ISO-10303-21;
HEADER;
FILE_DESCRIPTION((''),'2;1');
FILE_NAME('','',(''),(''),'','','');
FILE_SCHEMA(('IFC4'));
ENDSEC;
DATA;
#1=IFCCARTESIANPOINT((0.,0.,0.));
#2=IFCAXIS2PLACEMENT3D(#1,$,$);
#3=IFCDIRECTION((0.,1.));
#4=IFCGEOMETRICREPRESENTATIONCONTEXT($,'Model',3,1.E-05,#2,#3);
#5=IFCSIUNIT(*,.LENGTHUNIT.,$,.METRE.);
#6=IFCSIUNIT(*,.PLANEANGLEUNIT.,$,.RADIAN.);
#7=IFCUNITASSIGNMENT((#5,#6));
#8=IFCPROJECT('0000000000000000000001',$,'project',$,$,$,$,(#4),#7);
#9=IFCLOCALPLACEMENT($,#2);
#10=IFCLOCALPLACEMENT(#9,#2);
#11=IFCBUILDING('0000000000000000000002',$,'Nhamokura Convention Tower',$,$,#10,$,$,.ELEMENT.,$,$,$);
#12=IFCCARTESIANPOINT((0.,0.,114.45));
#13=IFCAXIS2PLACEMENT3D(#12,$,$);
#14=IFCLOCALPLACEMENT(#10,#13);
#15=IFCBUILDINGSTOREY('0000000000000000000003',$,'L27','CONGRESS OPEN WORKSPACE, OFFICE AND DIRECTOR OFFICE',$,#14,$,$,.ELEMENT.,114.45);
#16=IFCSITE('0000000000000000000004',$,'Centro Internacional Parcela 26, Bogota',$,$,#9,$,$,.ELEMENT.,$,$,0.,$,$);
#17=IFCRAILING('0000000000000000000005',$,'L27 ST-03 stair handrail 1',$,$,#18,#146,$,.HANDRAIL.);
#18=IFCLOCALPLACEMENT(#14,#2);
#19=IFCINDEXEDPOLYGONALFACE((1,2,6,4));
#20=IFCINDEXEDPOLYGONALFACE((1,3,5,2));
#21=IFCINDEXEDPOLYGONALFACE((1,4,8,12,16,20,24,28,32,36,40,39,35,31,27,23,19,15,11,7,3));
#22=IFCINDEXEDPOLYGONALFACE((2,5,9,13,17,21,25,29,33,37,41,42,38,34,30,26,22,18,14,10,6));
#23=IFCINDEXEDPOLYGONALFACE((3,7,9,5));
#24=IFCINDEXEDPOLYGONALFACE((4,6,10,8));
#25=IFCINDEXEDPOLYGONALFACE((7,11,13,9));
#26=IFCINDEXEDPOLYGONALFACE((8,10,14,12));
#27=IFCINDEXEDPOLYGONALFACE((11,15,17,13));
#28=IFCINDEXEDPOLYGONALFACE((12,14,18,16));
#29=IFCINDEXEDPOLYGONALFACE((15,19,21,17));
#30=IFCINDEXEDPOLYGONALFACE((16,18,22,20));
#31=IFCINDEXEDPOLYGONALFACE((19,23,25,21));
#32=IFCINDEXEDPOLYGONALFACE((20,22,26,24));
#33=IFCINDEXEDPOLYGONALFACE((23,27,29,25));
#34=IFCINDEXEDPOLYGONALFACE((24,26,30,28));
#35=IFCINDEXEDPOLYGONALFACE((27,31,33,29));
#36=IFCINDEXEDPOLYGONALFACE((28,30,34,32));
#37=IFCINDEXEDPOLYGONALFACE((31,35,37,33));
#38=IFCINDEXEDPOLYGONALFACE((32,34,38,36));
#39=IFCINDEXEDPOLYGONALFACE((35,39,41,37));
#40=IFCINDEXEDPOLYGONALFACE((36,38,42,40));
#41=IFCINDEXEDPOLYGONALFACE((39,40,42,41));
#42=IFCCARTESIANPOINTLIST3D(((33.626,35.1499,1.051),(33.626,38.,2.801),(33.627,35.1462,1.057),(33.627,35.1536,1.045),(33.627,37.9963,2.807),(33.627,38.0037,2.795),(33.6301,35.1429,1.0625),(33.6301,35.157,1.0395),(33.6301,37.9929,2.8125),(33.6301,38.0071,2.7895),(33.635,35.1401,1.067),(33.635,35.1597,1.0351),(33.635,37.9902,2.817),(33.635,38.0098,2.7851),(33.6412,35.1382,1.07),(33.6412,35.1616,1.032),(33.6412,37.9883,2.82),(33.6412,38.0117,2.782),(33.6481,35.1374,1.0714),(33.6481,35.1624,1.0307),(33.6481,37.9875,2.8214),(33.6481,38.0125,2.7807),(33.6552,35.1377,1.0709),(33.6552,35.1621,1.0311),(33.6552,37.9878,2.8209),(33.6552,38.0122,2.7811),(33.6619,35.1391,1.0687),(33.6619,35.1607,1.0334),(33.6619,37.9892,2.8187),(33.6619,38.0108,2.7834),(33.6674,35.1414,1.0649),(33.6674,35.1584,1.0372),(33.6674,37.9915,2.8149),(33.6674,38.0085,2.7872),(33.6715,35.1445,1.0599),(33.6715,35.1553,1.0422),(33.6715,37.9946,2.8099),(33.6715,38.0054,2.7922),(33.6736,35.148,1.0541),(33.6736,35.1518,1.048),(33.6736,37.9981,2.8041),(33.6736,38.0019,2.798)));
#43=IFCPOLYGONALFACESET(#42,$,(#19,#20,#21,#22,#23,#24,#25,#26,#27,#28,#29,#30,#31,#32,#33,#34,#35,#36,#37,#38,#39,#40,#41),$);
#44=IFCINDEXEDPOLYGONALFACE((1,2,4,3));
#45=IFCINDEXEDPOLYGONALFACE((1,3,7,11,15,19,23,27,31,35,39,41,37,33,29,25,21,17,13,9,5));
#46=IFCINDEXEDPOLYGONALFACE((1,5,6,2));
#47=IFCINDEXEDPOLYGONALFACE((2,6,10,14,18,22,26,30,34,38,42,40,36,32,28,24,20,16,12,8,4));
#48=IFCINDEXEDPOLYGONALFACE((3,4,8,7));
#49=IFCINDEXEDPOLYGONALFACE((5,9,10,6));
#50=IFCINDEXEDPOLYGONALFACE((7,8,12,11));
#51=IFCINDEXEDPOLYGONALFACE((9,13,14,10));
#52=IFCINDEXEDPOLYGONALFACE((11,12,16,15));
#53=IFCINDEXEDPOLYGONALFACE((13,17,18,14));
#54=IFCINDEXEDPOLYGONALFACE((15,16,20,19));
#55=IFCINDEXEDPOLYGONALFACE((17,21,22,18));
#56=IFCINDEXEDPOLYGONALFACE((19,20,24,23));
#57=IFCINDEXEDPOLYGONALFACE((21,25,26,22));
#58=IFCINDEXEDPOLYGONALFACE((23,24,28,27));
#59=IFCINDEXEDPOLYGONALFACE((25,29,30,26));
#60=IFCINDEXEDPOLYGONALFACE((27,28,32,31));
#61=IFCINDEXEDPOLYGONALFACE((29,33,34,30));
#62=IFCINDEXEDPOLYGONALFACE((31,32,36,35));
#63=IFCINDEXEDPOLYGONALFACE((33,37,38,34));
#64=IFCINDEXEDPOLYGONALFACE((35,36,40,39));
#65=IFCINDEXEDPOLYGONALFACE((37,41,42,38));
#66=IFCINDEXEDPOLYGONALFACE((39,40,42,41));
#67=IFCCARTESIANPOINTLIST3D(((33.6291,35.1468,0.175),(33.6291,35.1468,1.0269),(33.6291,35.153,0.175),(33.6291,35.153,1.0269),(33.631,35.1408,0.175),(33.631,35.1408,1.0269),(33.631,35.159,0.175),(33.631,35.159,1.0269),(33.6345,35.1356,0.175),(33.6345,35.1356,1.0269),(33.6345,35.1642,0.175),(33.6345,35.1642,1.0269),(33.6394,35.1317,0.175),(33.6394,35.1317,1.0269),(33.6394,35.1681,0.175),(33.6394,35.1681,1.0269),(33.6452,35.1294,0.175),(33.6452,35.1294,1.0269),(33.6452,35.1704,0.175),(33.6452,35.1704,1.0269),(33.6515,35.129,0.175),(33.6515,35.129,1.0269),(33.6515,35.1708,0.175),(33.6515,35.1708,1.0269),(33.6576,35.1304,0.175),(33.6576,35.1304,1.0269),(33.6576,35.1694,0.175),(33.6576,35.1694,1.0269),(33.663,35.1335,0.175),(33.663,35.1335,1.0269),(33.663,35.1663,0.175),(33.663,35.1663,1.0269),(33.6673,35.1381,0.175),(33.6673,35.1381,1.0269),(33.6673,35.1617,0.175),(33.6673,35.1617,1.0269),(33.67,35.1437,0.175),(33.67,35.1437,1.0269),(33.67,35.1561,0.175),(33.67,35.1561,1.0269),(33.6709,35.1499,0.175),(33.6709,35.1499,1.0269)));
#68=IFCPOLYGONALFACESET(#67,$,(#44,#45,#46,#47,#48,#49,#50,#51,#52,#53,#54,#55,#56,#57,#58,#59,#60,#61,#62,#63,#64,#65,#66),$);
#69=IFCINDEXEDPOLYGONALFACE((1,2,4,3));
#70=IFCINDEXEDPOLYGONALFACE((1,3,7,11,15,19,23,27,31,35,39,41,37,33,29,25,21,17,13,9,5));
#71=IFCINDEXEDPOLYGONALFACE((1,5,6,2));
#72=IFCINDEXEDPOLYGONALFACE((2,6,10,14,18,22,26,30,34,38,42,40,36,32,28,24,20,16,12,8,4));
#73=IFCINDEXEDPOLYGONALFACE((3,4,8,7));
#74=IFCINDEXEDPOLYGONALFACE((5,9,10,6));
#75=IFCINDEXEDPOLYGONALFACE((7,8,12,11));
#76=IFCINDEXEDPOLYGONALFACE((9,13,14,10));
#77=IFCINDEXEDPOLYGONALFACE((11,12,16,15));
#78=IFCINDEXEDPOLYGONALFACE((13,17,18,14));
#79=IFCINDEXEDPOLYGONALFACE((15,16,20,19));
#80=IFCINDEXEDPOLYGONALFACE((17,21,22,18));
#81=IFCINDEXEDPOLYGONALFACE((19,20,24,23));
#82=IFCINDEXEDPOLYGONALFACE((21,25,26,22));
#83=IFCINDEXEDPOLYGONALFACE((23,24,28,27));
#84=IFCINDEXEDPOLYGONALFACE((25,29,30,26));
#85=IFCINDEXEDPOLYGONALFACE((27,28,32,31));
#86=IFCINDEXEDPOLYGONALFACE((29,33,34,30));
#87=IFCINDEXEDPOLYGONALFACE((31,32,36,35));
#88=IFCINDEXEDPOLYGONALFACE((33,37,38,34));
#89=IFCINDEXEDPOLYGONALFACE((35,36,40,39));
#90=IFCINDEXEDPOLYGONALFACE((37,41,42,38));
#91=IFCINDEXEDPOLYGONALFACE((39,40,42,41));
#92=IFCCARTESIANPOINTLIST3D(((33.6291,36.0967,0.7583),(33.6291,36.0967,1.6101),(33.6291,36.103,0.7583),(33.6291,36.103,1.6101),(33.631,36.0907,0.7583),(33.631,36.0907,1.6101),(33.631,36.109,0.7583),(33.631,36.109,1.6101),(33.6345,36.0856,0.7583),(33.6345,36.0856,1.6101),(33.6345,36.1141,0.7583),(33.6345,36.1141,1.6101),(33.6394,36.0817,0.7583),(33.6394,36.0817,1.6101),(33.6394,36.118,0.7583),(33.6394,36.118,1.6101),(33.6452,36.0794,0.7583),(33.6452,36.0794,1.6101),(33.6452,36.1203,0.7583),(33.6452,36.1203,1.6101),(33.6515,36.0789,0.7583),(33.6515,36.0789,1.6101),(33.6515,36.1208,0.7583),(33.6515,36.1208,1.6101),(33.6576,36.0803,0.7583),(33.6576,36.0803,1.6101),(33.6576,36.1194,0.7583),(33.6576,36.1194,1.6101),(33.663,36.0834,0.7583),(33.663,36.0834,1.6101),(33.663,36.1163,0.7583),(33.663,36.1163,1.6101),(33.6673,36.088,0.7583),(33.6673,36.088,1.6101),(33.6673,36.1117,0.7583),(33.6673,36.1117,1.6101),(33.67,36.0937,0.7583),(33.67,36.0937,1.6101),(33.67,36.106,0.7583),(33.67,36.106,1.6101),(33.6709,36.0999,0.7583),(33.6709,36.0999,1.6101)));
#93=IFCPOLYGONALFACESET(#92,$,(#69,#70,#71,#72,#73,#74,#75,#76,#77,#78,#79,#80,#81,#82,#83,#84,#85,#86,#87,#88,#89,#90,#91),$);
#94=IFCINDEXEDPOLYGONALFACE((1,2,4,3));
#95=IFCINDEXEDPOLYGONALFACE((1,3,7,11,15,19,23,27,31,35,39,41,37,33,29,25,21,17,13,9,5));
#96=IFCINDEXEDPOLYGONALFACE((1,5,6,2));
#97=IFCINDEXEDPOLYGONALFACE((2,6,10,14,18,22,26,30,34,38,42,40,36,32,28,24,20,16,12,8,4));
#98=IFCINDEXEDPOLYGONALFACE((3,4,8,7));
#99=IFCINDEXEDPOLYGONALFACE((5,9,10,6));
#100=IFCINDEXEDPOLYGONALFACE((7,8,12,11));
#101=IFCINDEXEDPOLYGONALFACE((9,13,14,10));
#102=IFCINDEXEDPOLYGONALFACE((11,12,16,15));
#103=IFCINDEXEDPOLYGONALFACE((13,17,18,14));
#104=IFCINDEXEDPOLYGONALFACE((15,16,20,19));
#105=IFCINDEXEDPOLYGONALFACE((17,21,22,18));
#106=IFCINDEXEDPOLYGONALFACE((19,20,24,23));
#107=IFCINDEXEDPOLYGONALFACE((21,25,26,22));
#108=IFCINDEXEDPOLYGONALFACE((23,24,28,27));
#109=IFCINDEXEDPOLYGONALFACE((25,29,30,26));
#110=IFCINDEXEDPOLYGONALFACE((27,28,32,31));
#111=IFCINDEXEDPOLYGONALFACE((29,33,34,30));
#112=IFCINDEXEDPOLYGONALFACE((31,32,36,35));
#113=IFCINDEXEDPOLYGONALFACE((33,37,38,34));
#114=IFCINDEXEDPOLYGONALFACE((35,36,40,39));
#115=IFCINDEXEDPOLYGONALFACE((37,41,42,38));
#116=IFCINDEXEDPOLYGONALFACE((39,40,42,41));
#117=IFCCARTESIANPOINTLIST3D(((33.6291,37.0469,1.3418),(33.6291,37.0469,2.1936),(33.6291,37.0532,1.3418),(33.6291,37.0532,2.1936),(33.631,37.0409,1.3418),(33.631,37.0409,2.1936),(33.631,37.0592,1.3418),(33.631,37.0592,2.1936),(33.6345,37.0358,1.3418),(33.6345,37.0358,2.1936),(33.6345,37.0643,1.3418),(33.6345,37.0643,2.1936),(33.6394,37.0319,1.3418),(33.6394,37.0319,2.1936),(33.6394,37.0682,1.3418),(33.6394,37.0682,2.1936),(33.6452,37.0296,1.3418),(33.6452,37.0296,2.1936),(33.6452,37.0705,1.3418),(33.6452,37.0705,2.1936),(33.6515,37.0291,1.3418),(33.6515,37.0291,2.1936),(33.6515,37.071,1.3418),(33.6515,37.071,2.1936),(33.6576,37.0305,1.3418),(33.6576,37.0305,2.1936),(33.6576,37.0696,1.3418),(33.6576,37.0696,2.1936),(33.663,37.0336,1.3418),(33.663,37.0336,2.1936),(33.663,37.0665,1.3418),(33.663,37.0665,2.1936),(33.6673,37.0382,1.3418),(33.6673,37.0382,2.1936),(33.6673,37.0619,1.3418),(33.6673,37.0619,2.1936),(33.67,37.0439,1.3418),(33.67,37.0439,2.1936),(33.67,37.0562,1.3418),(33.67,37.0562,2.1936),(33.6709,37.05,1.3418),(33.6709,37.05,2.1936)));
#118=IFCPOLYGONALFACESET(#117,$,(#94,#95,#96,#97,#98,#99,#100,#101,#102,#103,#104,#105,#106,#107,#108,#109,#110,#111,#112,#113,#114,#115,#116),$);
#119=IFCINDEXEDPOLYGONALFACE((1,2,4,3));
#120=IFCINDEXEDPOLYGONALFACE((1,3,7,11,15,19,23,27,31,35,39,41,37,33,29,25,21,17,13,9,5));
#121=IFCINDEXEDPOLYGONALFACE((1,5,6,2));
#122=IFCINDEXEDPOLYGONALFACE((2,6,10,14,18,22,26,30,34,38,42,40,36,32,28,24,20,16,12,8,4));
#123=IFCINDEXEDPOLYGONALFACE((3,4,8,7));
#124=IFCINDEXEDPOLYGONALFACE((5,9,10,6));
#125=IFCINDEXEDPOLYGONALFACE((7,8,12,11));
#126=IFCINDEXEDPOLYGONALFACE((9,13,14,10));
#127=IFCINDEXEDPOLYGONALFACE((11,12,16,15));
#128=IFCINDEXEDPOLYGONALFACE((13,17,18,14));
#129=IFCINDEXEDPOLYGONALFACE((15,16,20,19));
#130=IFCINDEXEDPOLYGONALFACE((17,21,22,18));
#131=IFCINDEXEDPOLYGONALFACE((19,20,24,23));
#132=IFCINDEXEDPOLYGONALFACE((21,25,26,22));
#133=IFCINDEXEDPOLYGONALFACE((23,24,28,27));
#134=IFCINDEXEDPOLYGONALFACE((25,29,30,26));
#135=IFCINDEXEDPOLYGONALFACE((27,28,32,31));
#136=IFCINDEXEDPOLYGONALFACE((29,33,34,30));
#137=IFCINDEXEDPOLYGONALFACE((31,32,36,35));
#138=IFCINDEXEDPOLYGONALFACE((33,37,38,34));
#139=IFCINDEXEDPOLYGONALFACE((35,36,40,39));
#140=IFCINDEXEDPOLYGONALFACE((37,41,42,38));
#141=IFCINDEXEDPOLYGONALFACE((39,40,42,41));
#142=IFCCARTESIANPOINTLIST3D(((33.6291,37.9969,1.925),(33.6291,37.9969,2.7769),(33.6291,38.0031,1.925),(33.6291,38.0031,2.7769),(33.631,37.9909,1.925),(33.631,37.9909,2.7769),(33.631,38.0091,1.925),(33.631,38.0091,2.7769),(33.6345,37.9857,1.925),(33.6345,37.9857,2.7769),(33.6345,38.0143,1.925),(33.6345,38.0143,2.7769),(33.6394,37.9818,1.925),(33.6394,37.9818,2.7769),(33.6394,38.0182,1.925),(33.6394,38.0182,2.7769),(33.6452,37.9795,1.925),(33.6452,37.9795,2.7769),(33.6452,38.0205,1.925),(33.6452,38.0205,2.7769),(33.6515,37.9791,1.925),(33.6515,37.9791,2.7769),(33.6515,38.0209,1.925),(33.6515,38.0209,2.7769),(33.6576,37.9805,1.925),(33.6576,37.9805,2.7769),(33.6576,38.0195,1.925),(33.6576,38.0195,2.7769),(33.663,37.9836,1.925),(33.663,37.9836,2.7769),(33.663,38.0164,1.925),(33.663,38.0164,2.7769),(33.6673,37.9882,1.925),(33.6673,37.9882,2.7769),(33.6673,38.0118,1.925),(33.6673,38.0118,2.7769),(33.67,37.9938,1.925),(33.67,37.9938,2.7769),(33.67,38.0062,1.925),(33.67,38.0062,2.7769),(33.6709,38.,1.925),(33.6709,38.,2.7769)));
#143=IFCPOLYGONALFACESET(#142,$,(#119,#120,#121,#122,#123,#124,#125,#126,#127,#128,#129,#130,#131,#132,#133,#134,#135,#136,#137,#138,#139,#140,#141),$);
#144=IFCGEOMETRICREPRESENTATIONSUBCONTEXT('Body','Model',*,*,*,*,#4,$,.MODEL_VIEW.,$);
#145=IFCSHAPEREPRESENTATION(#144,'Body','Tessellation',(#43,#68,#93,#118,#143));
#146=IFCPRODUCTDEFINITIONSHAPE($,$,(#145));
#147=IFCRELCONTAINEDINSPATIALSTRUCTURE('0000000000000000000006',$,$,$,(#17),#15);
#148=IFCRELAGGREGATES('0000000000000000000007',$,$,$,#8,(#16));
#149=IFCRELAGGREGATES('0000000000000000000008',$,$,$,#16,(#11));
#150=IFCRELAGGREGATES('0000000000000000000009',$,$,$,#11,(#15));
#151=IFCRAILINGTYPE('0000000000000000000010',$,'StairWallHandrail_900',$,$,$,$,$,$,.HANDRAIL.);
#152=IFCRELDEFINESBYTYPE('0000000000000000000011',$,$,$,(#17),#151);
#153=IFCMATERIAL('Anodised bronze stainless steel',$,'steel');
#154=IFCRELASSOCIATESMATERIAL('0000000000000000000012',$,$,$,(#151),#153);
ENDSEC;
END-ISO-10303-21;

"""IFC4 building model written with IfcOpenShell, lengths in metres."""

from ifc_helpers import new_model, si_unit, direction, frame, origin, origin_2d, place, context, subcontext, project, spatial, circle, extrude, material, type_object, element, save


model = new_model("IFC4")

# Units and contexts
model_context = context("Model", 3, precision=1e-05, world=origin(), true_north=direction((0.0, 1.0)))
body_context = subcontext(model_context, "Body", "Model", "MODEL_VIEW")
ifc_project = project(units=[si_unit("LENGTHUNIT", "METRE"), si_unit("PLANEANGLEUNIT", "RADIAN")], contexts=[model_context])

# Site, building, storey
site_placement = place(None, origin())
site = spatial("IfcSite", under=ifc_project, at=site_placement, Name="Centro Internacional Parcela 26, Bogota", CompositionType="ELEMENT", RefElevation=0.0)
building_placement = place(site_placement, origin())
building = spatial("IfcBuilding", under=site, at=building_placement, Name="Nhamokura Convention Tower", CompositionType="ELEMENT")
storey_placement = place(building_placement, frame((0.0, 0.0, 114.45)))
storey = spatial("IfcBuildingStorey", under=building, at=storey_placement, Name="L27", Description="CONGRESS OPEN WORKSPACE, OFFICE AND DIRECTOR OFFICE", CompositionType="ELEMENT", Elevation=114.45)

# Railing
ifc_material_1 = material(Name="Anodised bronze stainless steel", Category="steel")
railing_type_1 = type_object("IfcRailingType", Name="StairWallHandrail_900", PredefinedType="HANDRAIL", material=ifc_material_1)
railing_1_placement = place(storey_placement, frame((33.6499, 35.1499, 0.175)))
element("IfcRailing", 1, at=railing_1_placement, inside=storey, type_object=railing_type_1, Name="L27 ST-03 stair handrail 1", PredefinedType="HANDRAIL", context=body_context, shape_type="SweptSolid", body=[
    extrude(circle(Radius=0.0239, at=origin_2d()), frame((0.0, 0.0, 0.876), z_axis=(0.0, 0.852179, 0.52325), x_axis=(-1.0, 0.0, 0.0)), (0.0, 0.0, 1.0), 3.3445),
    extrude(circle(Radius=0.021, at=origin_2d()), origin(), (0.0, 0.0, 1.0), 0.8518),
    extrude(circle(Radius=0.021, at=origin_2d()), frame((0.0, 0.95, 0.5833)), (0.0, 0.0, 1.0), 0.8518),
    extrude(circle(Radius=0.021, at=origin_2d()), frame((0.0, 1.9001, 1.1667)), (0.0, 0.0, 1.0), 0.8518),
    extrude(circle(Radius=0.021, at=origin_2d()), frame((0.0, 2.8501, 1.75)), (0.0, 0.0, 1.0), 0.8518),
])

save(model, "model.ifc")
